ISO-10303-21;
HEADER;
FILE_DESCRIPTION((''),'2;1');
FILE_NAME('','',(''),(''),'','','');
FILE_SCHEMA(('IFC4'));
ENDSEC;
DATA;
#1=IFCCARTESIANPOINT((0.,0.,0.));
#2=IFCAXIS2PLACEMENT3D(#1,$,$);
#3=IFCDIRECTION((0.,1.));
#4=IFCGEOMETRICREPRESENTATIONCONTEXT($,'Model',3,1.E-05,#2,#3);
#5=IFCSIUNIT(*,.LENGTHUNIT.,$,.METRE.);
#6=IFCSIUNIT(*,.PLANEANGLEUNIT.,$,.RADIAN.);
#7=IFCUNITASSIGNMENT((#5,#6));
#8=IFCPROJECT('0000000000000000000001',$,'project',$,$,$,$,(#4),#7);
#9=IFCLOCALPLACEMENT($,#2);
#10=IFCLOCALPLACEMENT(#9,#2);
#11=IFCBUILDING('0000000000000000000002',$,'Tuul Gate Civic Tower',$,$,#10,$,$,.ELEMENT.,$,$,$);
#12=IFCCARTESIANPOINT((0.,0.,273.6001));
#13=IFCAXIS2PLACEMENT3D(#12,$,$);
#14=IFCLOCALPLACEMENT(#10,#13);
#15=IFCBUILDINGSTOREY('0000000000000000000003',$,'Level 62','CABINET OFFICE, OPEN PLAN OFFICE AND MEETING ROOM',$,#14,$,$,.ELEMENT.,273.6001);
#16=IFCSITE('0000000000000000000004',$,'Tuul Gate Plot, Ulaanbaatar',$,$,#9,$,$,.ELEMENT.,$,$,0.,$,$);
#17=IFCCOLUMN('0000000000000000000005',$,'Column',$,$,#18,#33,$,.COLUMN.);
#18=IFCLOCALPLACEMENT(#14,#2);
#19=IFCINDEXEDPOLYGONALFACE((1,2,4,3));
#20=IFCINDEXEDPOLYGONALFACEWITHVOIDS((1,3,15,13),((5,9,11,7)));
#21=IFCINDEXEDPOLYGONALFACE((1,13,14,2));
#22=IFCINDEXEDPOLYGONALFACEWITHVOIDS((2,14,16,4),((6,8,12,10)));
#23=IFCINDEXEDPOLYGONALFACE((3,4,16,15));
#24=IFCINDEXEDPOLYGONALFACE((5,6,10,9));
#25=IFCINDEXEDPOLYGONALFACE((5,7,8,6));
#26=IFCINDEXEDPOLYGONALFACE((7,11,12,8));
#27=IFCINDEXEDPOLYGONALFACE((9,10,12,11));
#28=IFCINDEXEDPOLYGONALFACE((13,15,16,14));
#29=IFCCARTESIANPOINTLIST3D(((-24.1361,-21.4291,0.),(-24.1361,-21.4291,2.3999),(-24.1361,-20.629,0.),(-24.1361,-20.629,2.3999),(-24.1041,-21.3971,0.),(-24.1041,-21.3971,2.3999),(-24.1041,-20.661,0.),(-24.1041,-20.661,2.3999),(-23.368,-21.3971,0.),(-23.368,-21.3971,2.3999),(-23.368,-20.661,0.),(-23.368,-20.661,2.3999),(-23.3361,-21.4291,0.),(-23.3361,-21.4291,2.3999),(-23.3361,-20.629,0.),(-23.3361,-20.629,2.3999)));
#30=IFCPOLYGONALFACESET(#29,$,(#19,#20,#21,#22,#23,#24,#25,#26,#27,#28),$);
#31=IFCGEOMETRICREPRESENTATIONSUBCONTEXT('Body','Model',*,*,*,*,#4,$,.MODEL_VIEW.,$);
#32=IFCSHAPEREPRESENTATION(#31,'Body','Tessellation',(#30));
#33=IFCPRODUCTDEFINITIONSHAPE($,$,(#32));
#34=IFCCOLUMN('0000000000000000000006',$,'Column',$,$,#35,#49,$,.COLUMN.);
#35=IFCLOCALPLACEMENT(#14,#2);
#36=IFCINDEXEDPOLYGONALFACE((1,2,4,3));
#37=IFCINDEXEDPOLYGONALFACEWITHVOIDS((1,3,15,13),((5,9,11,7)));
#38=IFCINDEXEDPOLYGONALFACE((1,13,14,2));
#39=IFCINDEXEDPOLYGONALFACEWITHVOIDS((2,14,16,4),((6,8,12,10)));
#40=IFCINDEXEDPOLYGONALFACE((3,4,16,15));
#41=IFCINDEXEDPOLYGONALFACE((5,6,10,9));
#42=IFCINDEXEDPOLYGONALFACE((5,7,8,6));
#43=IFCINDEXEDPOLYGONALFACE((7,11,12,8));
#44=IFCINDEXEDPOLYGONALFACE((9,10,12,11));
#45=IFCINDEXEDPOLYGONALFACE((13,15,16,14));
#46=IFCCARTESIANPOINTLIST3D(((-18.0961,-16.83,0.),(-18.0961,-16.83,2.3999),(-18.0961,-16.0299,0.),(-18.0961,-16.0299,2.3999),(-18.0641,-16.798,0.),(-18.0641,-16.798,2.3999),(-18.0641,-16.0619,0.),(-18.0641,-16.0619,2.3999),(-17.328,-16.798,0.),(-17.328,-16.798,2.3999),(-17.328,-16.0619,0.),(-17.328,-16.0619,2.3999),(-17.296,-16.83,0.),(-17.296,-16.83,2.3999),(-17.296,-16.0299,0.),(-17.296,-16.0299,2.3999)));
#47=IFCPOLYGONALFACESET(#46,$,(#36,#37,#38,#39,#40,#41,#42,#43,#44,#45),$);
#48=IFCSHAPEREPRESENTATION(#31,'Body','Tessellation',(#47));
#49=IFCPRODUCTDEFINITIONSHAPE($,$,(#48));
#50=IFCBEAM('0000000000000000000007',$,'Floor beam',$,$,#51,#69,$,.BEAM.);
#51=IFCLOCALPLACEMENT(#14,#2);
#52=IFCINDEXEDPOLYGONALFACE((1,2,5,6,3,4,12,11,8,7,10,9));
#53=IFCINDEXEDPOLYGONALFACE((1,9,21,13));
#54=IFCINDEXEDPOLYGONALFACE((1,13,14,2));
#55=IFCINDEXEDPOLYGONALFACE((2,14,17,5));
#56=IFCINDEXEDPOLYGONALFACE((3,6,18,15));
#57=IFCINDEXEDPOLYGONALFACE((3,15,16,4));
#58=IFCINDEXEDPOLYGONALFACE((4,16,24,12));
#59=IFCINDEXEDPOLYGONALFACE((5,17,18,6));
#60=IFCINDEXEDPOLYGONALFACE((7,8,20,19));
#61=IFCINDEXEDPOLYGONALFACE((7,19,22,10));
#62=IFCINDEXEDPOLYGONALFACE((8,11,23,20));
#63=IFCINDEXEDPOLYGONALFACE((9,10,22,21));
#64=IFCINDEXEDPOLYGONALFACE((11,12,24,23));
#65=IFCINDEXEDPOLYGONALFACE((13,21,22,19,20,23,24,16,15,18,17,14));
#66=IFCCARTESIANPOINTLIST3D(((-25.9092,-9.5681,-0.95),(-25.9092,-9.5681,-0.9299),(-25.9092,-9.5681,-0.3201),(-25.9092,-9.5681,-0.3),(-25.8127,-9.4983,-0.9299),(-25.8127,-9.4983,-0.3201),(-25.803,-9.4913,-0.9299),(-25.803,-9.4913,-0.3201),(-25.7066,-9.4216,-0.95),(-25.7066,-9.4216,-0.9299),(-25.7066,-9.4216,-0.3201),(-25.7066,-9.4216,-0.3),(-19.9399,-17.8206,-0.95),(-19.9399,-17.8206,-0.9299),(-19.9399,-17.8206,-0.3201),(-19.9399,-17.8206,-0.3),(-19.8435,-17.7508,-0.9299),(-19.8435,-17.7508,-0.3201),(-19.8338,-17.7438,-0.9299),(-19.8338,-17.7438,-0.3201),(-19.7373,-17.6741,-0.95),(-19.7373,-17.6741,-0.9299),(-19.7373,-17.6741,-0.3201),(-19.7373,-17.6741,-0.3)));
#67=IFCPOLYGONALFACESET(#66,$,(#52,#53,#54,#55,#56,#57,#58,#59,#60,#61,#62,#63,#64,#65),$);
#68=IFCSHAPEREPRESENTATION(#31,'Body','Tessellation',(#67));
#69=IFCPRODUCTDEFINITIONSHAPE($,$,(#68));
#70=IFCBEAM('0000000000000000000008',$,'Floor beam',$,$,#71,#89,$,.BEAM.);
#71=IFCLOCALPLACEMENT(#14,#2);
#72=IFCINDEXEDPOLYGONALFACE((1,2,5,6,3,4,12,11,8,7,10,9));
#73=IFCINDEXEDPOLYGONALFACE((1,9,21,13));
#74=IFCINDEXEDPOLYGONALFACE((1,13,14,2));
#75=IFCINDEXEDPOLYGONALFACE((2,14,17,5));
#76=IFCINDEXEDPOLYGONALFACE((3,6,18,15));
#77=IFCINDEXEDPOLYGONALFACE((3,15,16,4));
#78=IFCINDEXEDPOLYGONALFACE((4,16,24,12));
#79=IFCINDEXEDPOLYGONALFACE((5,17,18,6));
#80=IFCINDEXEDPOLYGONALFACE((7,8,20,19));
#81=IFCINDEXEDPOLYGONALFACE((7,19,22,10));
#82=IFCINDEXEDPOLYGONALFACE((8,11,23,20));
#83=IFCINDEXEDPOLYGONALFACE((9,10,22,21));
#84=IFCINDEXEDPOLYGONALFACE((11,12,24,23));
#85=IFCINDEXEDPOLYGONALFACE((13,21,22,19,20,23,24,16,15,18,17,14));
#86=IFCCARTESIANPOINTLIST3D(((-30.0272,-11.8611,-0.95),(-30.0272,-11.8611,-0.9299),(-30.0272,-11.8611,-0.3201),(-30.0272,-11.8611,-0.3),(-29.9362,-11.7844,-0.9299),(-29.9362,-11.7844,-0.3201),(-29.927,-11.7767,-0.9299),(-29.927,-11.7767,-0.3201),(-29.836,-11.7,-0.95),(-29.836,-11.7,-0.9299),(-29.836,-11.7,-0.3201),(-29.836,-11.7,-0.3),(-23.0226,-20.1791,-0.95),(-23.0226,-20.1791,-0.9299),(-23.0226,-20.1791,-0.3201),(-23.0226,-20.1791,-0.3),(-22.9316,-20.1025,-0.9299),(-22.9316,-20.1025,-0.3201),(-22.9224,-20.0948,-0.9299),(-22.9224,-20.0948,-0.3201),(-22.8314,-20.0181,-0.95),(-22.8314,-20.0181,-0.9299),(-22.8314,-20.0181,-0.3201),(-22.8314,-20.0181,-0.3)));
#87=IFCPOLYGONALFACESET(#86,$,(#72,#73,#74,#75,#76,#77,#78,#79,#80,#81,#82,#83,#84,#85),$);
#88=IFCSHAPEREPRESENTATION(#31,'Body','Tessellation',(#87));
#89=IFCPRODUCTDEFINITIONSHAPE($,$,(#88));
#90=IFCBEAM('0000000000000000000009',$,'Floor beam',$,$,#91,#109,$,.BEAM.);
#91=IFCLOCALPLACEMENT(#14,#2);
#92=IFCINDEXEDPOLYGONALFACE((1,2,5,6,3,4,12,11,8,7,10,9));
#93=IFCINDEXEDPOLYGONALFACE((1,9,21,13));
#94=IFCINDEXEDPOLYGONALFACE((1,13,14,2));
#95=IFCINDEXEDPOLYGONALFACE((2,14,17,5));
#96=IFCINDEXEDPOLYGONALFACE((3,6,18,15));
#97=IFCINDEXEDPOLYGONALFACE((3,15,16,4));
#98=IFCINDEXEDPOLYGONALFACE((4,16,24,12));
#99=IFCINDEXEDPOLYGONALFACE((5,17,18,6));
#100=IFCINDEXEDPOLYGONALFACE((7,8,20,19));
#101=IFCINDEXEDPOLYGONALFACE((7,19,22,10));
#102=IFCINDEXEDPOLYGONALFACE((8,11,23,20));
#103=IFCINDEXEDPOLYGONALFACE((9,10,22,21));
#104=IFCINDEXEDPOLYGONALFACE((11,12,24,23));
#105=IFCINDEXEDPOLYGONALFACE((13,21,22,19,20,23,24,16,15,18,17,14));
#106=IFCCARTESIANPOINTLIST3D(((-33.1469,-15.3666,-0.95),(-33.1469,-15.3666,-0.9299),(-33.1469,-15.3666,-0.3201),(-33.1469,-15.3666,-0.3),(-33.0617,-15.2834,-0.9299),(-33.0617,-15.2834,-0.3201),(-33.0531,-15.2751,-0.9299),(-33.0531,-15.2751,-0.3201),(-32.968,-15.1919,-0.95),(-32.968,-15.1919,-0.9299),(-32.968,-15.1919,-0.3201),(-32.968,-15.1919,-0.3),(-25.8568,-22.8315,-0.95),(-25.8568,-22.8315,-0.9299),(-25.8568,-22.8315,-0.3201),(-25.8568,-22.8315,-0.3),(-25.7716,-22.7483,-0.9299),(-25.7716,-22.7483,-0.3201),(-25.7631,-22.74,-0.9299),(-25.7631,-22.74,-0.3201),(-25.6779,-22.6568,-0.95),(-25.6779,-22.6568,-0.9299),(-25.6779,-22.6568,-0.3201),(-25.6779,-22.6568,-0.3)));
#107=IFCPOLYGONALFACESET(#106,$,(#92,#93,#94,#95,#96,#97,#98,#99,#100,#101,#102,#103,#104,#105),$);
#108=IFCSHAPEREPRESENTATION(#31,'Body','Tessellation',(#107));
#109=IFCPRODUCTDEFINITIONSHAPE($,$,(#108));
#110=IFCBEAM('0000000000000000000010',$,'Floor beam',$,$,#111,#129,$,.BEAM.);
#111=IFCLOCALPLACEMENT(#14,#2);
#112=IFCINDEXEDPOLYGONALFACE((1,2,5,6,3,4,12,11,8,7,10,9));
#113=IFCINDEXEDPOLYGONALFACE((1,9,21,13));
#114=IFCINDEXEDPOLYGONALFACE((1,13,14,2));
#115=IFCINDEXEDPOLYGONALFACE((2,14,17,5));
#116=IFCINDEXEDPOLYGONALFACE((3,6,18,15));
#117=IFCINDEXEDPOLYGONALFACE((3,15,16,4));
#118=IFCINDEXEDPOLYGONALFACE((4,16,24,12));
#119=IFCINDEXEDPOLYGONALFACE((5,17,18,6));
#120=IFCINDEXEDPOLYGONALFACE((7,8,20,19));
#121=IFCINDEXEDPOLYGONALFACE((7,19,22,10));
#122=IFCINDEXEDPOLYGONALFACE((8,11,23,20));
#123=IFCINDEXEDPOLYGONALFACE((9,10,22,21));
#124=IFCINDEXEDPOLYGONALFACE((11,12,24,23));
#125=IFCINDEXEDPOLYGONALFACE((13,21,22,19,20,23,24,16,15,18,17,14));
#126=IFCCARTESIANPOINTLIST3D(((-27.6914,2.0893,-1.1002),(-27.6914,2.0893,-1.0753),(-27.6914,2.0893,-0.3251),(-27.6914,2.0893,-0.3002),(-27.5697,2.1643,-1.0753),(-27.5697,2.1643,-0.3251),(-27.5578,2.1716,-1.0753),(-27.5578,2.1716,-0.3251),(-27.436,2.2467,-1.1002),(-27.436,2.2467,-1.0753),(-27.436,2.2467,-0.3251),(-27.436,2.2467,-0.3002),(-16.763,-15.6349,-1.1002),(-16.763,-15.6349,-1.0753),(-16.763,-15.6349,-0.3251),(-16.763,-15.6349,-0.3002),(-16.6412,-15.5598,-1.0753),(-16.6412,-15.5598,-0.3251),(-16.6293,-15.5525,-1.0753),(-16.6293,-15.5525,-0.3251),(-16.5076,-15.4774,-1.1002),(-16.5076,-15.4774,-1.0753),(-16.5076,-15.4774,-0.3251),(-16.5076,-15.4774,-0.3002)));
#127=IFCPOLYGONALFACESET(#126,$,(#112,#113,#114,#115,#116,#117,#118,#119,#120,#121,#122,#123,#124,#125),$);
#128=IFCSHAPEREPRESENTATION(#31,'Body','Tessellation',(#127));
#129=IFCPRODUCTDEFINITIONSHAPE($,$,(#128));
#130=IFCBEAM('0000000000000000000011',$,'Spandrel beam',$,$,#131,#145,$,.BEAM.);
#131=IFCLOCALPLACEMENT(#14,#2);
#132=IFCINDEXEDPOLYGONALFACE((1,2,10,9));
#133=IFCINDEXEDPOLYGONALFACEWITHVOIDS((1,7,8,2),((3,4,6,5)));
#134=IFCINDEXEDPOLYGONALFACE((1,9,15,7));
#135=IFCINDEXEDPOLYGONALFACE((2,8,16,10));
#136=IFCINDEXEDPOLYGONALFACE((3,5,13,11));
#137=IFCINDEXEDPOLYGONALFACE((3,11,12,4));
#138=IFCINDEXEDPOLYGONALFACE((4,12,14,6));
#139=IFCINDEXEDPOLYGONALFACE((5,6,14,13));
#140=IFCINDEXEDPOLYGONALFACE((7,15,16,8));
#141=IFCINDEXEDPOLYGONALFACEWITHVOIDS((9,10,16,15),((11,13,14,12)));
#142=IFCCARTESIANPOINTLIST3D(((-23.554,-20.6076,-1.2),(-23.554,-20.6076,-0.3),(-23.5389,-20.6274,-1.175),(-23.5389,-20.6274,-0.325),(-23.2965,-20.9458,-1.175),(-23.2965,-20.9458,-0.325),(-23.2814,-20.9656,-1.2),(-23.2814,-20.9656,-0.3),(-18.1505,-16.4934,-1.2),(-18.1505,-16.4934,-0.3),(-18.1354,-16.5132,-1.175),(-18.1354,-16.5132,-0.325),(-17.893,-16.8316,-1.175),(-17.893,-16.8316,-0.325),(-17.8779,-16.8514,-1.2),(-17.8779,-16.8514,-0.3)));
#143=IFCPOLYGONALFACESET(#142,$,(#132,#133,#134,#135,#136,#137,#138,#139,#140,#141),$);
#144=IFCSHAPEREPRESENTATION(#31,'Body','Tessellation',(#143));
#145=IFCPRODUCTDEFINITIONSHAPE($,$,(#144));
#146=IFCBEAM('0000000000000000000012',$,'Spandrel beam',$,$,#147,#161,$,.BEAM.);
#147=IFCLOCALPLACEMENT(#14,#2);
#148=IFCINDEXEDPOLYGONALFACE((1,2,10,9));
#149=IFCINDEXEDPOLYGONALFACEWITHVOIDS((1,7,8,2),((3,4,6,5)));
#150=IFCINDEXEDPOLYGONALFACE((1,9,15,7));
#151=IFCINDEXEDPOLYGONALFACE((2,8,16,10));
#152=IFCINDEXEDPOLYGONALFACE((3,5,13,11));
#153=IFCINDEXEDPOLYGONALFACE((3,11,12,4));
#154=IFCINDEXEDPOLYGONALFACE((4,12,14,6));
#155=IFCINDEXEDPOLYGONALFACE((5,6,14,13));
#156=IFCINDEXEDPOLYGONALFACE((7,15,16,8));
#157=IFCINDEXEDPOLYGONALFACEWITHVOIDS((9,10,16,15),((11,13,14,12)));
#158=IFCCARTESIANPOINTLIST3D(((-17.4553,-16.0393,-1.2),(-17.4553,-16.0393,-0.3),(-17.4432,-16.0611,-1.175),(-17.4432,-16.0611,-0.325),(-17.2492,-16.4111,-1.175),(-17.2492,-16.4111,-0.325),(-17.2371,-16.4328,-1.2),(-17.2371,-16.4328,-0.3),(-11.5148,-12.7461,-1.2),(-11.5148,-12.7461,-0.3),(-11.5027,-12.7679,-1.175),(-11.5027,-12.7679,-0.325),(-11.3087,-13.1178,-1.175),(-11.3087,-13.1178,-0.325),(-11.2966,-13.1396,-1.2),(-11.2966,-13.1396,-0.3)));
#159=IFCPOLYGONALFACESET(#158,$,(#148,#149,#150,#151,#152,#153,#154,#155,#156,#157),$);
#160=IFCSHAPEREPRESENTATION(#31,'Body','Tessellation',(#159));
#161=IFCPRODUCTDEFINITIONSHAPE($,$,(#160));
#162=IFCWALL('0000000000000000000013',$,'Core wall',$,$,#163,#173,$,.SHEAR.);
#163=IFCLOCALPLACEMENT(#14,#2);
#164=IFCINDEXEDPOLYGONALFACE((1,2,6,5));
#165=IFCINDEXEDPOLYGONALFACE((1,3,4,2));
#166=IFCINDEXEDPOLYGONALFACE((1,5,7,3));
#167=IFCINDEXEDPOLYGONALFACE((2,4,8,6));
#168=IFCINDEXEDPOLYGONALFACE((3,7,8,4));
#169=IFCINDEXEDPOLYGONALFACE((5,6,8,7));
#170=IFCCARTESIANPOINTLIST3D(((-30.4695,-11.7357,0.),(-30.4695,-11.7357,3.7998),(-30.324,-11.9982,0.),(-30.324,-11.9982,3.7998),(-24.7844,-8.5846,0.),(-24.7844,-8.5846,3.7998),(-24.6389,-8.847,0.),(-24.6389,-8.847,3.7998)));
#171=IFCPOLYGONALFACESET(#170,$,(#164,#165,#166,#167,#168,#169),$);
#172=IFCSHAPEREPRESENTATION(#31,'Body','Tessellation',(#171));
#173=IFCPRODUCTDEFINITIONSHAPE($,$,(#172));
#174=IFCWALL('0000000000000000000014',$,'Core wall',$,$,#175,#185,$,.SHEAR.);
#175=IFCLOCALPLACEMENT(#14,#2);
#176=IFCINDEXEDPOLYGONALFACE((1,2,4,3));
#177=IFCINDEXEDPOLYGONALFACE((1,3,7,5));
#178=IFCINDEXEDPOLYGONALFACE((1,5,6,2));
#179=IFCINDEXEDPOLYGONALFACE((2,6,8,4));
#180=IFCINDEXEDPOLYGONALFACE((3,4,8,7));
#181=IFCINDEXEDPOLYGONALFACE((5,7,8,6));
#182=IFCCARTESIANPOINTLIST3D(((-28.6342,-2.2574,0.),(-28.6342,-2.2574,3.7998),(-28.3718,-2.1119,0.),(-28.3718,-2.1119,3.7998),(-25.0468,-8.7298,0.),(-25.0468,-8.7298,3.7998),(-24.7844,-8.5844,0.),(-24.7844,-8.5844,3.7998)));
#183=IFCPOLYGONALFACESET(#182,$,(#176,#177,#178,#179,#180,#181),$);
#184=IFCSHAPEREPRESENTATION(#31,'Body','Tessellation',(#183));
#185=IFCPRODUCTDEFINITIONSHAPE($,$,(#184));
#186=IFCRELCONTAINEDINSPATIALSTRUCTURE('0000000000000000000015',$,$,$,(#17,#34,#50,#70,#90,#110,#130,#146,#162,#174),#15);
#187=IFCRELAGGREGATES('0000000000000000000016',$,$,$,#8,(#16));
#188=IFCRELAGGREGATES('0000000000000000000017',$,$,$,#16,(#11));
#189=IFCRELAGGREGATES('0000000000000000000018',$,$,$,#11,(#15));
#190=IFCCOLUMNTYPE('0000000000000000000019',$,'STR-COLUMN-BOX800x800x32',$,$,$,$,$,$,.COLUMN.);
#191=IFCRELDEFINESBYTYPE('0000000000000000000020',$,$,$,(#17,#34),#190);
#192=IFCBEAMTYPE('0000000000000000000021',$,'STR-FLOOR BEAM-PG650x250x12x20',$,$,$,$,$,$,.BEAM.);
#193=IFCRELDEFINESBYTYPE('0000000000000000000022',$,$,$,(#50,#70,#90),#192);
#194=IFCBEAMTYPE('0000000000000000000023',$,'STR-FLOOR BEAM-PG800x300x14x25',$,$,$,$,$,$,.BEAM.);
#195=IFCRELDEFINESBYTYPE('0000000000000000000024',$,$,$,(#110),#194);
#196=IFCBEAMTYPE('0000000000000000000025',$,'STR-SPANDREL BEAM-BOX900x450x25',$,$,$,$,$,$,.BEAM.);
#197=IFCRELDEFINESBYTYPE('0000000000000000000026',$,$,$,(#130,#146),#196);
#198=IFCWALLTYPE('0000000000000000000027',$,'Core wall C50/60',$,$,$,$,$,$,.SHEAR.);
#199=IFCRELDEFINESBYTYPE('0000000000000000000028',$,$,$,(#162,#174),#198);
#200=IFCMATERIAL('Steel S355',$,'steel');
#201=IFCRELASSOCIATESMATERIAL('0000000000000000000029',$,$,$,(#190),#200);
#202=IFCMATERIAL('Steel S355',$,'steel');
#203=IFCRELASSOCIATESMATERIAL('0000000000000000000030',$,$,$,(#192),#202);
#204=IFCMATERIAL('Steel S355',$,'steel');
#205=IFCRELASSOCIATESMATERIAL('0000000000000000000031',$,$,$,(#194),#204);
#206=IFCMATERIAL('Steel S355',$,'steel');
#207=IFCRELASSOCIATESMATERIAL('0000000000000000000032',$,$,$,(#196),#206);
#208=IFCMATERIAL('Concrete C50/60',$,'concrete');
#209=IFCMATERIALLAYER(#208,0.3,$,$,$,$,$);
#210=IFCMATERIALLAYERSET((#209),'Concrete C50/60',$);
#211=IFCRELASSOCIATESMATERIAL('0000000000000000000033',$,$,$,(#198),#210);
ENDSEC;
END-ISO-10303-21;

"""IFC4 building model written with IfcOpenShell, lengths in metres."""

from ifc_helpers import new_model, si_unit, direction, frame, frame_2d, origin, origin_2d, place, context, subcontext, project, spatial, rectangle, hollow_rectangle, i_section, extrude, material, layer, layer_set, material_profile, profile_set, type_object, element, save


model = new_model("IFC4")

# Units and contexts
model_context = context("Model", 3, precision=1e-05, world=origin(), true_north=direction((0.0, 1.0)))
body_context = subcontext(model_context, "Body", "Model", "MODEL_VIEW")
ifc_project = project(units=[si_unit("LENGTHUNIT", "METRE"), si_unit("PLANEANGLEUNIT", "RADIAN")], contexts=[model_context])

# Site, building, storey
site_placement = place(None, origin())
site = spatial("IfcSite", under=ifc_project, at=site_placement, Name="Tuul Gate Plot, Ulaanbaatar", CompositionType="ELEMENT", RefElevation=0.0)
building_placement = place(site_placement, origin())
building = spatial("IfcBuilding", under=site, at=building_placement, Name="Tuul Gate Civic Tower", CompositionType="ELEMENT")
storey_placement = place(building_placement, frame((0.0, 0.0, 273.6001)))
storey = spatial("IfcBuildingStorey", under=building, at=storey_placement, Name="Level 62", Description="CABINET OFFICE, OPEN PLAN OFFICE AND MEETING ROOM", CompositionType="ELEMENT", Elevation=273.6001)

# Columns
ifc_material_1 = material(Name="Steel S355", Category="steel")
ifc_material_profile_1 = material_profile(ifc_material_1, hollow_rectangle(XDim=0.8, YDim=0.8, WallThickness=0.032, at=origin_2d()), Name="BOX800x800x32")
ifc_profile_set_1 = profile_set([ifc_material_profile_1], Name="Steel S355")
column_type = type_object("IfcColumnType", Name="STR-COLUMN-BOX800x800x32", PredefinedType="COLUMN", material=ifc_profile_set_1)
for number, where, z_axis, x_axis, name in (
    (1, (-23.7361, -21.0291, 0.0), (0.0, 0.0, 1.0), (1.0, 0.0, 0.0), "Column"),
    (2, (-17.696, -16.4299, 0.0), (0.0, 0.0, 1.0), (1.0, 0.0, 0.0), "Column"),
):
    element("IfcColumn", number, at=place(storey_placement, frame(where, z_axis=z_axis, x_axis=x_axis)), inside=storey, type_object=column_type, Name=name, PredefinedType="COLUMN", context=body_context, shape_type="SweptSolid", body=[
        extrude(hollow_rectangle(XDim=0.8, YDim=0.8, WallThickness=0.032, at=origin_2d()), origin(), (0.0, 0.0, 1.0), 2.3999),
    ])

# Beams
ifc_material_2 = material(Name="Steel S355", Category="steel")
ifc_material_profile_2 = material_profile(ifc_material_2, i_section(OverallWidth=0.25, OverallDepth=0.6499, WebThickness=0.012, FlangeThickness=0.02, at=origin_2d()), Name="PG650x250x12x20")
ifc_profile_set_2 = profile_set([ifc_material_profile_2], Name="Steel S355")
beam_type_1 = type_object("IfcBeamType", Name="STR-FLOOR BEAM-PG650x250x12x20", PredefinedType="BEAM", material=ifc_profile_set_2)
beam_1_placement = place(storey_placement, frame((-19.8386, -17.7473, -0.625), z_axis=(-0.58608, 0.810253, 0.0), x_axis=(-0.810253, -0.58608, 0.0)))
element("IfcBeam", 3, at=beam_1_placement, inside=storey, type_object=beam_type_1, Name="Floor beam", PredefinedType="BEAM", context=body_context, shape_type="SweptSolid", body=[
    extrude(i_section(OverallWidth=0.25, OverallDepth=0.6499, WebThickness=0.012, FlangeThickness=0.02, at=origin_2d()), origin(), (0.0, 0.0, 1.0), 10.1851),
])
beam_2_placement = place(storey_placement, frame((-22.927, -20.0986, -0.625), z_axis=(-0.644131, 0.764915, 0.0), x_axis=(-0.764915, -0.644131, 0.0)))
element("IfcBeam", 4, at=beam_2_placement, inside=storey, type_object=beam_type_1, Name="Floor beam", PredefinedType="BEAM", context=body_context, shape_type="SweptSolid", body=[
    extrude(i_section(OverallWidth=0.25, OverallDepth=0.6499, WebThickness=0.012, FlangeThickness=0.02, at=origin_2d()), origin(), (0.0, 0.0, 1.0), 10.8745),
])
beam_3_placement = place(storey_placement, frame((-25.7673, -22.7441, -0.625), z_axis=(-0.69868, 0.715434, 0.0), x_axis=(-0.715434, -0.69868, 0.0)))
element("IfcBeam", 5, at=beam_3_placement, inside=storey, type_object=beam_type_1, Name="Floor beam", PredefinedType="BEAM", context=body_context, shape_type="SweptSolid", body=[
    extrude(i_section(OverallWidth=0.25, OverallDepth=0.6499, WebThickness=0.012, FlangeThickness=0.02, at=origin_2d()), origin(), (0.0, 0.0, 1.0), 10.4341),
])
ifc_material_3 = material(Name="Steel S355", Category="steel")
ifc_material_profile_3 = material_profile(ifc_material_3, i_section(OverallWidth=0.3, OverallDepth=0.8, WebThickness=0.0139, FlangeThickness=0.0249, at=origin_2d()), Name="PG800x300x14x25")
ifc_profile_set_3 = profile_set([ifc_material_profile_3], Name="Steel S355")
beam_type_2 = type_object("IfcBeamType", Name="STR-FLOOR BEAM-PG800x300x14x25", PredefinedType="BEAM", material=ifc_profile_set_3)
beam_4_placement = place(storey_placement, frame((-16.6353, -15.5562, -0.7002), z_axis=(-0.52484, 0.851201, 0.0), x_axis=(-0.851201, -0.52484, 0.0)))
element("IfcBeam", 6, at=beam_4_placement, inside=storey, type_object=beam_type_2, Name="Floor beam", PredefinedType="BEAM", context=body_context, shape_type="SweptSolid", body=[
    extrude(i_section(OverallWidth=0.3, OverallDepth=0.8, WebThickness=0.0139, FlangeThickness=0.0249, at=origin_2d()), origin(), (0.0, 0.0, 1.0), 20.8225),
])
ifc_material_4 = material(Name="Steel S355", Category="steel")
ifc_material_profile_4 = material_profile(ifc_material_4, hollow_rectangle(XDim=0.45, YDim=0.8999, WallThickness=0.0249, at=origin_2d()), Name="BOX900x450x25")
ifc_profile_set_4 = profile_set([ifc_material_profile_4], Name="Steel S355")
beam_type_3 = type_object("IfcBeamType", Name="STR-SPANDREL BEAM-BOX900x450x25", PredefinedType="BEAM", material=ifc_profile_set_4)
beam_5_placement = place(storey_placement, frame((-23.4177, -20.7866, -0.75), z_axis=(0.795626, 0.605788, 0.0), x_axis=(-0.605788, 0.795626, 0.0)))
element("IfcBeam", 7, at=beam_5_placement, inside=storey, type_object=beam_type_3, Name="Spandrel beam", PredefinedType="BEAM", context=body_context, shape_type="SweptSolid", body=[
    extrude(hollow_rectangle(XDim=0.45, YDim=0.8999, WallThickness=0.0249, at=origin_2d()), origin(), (0.0, 0.0, 1.0), 6.7915),
])
beam_6_placement = place(storey_placement, frame((-17.3462, -16.2361, -0.75), z_axis=(0.874596, 0.484852, 0.0), x_axis=(-0.484852, 0.874596, 0.0)))
element("IfcBeam", 8, at=beam_6_placement, inside=storey, type_object=beam_type_3, Name="Spandrel beam", PredefinedType="BEAM", context=body_context, shape_type="SweptSolid", body=[
    extrude(hollow_rectangle(XDim=0.45, YDim=0.8999, WallThickness=0.0249, at=origin_2d()), origin(), (0.0, 0.0, 1.0), 6.7922),
])

# Walls
ifc_material_5 = material(Name="Concrete C50/60", Category="concrete")
ifc_layer_1 = layer(ifc_material_5, 0.3)
ifc_layer_set_1 = layer_set([ifc_layer_1], Name="Concrete C50/60")
wall_type_1 = type_object("IfcWallType", Name="Core wall C50/60", PredefinedType="SHEAR", material=ifc_layer_set_1)
wall_1_placement = place(storey_placement, frame((-24.7117, -8.7158, 0.0), z_axis=(0.0, 0.0, 1.0), x_axis=(-0.87463, -0.484791, 0.0)))
element("IfcWall", 9, at=wall_1_placement, inside=storey, type_object=wall_type_1, Name="Core wall", PredefinedType="SHEAR", context=body_context, shape_type="SweptSolid", body=[
    extrude(rectangle(XDim=6.5, YDim=0.3, at=frame_2d((3.25, 0.0))), origin(), (0.0, 0.0, 1.0), 3.7998),
])
wall_2_placement = place(storey_placement, frame((-24.9155, -8.6572, 0.0), z_axis=(0.0, 0.0, 1.0), x_axis=(-0.484777, 0.874638, 0.0)))
element("IfcWall", 10, at=wall_2_placement, inside=storey, type_object=wall_type_1, Name="Core wall", PredefinedType="SHEAR", context=body_context, shape_type="SweptSolid", body=[
    extrude(rectangle(XDim=7.4001, YDim=0.3, at=frame_2d((3.7002, 0.0))), origin(), (0.0, 0.0, 1.0), 3.7998),
])

save(model, "model.ifc")
